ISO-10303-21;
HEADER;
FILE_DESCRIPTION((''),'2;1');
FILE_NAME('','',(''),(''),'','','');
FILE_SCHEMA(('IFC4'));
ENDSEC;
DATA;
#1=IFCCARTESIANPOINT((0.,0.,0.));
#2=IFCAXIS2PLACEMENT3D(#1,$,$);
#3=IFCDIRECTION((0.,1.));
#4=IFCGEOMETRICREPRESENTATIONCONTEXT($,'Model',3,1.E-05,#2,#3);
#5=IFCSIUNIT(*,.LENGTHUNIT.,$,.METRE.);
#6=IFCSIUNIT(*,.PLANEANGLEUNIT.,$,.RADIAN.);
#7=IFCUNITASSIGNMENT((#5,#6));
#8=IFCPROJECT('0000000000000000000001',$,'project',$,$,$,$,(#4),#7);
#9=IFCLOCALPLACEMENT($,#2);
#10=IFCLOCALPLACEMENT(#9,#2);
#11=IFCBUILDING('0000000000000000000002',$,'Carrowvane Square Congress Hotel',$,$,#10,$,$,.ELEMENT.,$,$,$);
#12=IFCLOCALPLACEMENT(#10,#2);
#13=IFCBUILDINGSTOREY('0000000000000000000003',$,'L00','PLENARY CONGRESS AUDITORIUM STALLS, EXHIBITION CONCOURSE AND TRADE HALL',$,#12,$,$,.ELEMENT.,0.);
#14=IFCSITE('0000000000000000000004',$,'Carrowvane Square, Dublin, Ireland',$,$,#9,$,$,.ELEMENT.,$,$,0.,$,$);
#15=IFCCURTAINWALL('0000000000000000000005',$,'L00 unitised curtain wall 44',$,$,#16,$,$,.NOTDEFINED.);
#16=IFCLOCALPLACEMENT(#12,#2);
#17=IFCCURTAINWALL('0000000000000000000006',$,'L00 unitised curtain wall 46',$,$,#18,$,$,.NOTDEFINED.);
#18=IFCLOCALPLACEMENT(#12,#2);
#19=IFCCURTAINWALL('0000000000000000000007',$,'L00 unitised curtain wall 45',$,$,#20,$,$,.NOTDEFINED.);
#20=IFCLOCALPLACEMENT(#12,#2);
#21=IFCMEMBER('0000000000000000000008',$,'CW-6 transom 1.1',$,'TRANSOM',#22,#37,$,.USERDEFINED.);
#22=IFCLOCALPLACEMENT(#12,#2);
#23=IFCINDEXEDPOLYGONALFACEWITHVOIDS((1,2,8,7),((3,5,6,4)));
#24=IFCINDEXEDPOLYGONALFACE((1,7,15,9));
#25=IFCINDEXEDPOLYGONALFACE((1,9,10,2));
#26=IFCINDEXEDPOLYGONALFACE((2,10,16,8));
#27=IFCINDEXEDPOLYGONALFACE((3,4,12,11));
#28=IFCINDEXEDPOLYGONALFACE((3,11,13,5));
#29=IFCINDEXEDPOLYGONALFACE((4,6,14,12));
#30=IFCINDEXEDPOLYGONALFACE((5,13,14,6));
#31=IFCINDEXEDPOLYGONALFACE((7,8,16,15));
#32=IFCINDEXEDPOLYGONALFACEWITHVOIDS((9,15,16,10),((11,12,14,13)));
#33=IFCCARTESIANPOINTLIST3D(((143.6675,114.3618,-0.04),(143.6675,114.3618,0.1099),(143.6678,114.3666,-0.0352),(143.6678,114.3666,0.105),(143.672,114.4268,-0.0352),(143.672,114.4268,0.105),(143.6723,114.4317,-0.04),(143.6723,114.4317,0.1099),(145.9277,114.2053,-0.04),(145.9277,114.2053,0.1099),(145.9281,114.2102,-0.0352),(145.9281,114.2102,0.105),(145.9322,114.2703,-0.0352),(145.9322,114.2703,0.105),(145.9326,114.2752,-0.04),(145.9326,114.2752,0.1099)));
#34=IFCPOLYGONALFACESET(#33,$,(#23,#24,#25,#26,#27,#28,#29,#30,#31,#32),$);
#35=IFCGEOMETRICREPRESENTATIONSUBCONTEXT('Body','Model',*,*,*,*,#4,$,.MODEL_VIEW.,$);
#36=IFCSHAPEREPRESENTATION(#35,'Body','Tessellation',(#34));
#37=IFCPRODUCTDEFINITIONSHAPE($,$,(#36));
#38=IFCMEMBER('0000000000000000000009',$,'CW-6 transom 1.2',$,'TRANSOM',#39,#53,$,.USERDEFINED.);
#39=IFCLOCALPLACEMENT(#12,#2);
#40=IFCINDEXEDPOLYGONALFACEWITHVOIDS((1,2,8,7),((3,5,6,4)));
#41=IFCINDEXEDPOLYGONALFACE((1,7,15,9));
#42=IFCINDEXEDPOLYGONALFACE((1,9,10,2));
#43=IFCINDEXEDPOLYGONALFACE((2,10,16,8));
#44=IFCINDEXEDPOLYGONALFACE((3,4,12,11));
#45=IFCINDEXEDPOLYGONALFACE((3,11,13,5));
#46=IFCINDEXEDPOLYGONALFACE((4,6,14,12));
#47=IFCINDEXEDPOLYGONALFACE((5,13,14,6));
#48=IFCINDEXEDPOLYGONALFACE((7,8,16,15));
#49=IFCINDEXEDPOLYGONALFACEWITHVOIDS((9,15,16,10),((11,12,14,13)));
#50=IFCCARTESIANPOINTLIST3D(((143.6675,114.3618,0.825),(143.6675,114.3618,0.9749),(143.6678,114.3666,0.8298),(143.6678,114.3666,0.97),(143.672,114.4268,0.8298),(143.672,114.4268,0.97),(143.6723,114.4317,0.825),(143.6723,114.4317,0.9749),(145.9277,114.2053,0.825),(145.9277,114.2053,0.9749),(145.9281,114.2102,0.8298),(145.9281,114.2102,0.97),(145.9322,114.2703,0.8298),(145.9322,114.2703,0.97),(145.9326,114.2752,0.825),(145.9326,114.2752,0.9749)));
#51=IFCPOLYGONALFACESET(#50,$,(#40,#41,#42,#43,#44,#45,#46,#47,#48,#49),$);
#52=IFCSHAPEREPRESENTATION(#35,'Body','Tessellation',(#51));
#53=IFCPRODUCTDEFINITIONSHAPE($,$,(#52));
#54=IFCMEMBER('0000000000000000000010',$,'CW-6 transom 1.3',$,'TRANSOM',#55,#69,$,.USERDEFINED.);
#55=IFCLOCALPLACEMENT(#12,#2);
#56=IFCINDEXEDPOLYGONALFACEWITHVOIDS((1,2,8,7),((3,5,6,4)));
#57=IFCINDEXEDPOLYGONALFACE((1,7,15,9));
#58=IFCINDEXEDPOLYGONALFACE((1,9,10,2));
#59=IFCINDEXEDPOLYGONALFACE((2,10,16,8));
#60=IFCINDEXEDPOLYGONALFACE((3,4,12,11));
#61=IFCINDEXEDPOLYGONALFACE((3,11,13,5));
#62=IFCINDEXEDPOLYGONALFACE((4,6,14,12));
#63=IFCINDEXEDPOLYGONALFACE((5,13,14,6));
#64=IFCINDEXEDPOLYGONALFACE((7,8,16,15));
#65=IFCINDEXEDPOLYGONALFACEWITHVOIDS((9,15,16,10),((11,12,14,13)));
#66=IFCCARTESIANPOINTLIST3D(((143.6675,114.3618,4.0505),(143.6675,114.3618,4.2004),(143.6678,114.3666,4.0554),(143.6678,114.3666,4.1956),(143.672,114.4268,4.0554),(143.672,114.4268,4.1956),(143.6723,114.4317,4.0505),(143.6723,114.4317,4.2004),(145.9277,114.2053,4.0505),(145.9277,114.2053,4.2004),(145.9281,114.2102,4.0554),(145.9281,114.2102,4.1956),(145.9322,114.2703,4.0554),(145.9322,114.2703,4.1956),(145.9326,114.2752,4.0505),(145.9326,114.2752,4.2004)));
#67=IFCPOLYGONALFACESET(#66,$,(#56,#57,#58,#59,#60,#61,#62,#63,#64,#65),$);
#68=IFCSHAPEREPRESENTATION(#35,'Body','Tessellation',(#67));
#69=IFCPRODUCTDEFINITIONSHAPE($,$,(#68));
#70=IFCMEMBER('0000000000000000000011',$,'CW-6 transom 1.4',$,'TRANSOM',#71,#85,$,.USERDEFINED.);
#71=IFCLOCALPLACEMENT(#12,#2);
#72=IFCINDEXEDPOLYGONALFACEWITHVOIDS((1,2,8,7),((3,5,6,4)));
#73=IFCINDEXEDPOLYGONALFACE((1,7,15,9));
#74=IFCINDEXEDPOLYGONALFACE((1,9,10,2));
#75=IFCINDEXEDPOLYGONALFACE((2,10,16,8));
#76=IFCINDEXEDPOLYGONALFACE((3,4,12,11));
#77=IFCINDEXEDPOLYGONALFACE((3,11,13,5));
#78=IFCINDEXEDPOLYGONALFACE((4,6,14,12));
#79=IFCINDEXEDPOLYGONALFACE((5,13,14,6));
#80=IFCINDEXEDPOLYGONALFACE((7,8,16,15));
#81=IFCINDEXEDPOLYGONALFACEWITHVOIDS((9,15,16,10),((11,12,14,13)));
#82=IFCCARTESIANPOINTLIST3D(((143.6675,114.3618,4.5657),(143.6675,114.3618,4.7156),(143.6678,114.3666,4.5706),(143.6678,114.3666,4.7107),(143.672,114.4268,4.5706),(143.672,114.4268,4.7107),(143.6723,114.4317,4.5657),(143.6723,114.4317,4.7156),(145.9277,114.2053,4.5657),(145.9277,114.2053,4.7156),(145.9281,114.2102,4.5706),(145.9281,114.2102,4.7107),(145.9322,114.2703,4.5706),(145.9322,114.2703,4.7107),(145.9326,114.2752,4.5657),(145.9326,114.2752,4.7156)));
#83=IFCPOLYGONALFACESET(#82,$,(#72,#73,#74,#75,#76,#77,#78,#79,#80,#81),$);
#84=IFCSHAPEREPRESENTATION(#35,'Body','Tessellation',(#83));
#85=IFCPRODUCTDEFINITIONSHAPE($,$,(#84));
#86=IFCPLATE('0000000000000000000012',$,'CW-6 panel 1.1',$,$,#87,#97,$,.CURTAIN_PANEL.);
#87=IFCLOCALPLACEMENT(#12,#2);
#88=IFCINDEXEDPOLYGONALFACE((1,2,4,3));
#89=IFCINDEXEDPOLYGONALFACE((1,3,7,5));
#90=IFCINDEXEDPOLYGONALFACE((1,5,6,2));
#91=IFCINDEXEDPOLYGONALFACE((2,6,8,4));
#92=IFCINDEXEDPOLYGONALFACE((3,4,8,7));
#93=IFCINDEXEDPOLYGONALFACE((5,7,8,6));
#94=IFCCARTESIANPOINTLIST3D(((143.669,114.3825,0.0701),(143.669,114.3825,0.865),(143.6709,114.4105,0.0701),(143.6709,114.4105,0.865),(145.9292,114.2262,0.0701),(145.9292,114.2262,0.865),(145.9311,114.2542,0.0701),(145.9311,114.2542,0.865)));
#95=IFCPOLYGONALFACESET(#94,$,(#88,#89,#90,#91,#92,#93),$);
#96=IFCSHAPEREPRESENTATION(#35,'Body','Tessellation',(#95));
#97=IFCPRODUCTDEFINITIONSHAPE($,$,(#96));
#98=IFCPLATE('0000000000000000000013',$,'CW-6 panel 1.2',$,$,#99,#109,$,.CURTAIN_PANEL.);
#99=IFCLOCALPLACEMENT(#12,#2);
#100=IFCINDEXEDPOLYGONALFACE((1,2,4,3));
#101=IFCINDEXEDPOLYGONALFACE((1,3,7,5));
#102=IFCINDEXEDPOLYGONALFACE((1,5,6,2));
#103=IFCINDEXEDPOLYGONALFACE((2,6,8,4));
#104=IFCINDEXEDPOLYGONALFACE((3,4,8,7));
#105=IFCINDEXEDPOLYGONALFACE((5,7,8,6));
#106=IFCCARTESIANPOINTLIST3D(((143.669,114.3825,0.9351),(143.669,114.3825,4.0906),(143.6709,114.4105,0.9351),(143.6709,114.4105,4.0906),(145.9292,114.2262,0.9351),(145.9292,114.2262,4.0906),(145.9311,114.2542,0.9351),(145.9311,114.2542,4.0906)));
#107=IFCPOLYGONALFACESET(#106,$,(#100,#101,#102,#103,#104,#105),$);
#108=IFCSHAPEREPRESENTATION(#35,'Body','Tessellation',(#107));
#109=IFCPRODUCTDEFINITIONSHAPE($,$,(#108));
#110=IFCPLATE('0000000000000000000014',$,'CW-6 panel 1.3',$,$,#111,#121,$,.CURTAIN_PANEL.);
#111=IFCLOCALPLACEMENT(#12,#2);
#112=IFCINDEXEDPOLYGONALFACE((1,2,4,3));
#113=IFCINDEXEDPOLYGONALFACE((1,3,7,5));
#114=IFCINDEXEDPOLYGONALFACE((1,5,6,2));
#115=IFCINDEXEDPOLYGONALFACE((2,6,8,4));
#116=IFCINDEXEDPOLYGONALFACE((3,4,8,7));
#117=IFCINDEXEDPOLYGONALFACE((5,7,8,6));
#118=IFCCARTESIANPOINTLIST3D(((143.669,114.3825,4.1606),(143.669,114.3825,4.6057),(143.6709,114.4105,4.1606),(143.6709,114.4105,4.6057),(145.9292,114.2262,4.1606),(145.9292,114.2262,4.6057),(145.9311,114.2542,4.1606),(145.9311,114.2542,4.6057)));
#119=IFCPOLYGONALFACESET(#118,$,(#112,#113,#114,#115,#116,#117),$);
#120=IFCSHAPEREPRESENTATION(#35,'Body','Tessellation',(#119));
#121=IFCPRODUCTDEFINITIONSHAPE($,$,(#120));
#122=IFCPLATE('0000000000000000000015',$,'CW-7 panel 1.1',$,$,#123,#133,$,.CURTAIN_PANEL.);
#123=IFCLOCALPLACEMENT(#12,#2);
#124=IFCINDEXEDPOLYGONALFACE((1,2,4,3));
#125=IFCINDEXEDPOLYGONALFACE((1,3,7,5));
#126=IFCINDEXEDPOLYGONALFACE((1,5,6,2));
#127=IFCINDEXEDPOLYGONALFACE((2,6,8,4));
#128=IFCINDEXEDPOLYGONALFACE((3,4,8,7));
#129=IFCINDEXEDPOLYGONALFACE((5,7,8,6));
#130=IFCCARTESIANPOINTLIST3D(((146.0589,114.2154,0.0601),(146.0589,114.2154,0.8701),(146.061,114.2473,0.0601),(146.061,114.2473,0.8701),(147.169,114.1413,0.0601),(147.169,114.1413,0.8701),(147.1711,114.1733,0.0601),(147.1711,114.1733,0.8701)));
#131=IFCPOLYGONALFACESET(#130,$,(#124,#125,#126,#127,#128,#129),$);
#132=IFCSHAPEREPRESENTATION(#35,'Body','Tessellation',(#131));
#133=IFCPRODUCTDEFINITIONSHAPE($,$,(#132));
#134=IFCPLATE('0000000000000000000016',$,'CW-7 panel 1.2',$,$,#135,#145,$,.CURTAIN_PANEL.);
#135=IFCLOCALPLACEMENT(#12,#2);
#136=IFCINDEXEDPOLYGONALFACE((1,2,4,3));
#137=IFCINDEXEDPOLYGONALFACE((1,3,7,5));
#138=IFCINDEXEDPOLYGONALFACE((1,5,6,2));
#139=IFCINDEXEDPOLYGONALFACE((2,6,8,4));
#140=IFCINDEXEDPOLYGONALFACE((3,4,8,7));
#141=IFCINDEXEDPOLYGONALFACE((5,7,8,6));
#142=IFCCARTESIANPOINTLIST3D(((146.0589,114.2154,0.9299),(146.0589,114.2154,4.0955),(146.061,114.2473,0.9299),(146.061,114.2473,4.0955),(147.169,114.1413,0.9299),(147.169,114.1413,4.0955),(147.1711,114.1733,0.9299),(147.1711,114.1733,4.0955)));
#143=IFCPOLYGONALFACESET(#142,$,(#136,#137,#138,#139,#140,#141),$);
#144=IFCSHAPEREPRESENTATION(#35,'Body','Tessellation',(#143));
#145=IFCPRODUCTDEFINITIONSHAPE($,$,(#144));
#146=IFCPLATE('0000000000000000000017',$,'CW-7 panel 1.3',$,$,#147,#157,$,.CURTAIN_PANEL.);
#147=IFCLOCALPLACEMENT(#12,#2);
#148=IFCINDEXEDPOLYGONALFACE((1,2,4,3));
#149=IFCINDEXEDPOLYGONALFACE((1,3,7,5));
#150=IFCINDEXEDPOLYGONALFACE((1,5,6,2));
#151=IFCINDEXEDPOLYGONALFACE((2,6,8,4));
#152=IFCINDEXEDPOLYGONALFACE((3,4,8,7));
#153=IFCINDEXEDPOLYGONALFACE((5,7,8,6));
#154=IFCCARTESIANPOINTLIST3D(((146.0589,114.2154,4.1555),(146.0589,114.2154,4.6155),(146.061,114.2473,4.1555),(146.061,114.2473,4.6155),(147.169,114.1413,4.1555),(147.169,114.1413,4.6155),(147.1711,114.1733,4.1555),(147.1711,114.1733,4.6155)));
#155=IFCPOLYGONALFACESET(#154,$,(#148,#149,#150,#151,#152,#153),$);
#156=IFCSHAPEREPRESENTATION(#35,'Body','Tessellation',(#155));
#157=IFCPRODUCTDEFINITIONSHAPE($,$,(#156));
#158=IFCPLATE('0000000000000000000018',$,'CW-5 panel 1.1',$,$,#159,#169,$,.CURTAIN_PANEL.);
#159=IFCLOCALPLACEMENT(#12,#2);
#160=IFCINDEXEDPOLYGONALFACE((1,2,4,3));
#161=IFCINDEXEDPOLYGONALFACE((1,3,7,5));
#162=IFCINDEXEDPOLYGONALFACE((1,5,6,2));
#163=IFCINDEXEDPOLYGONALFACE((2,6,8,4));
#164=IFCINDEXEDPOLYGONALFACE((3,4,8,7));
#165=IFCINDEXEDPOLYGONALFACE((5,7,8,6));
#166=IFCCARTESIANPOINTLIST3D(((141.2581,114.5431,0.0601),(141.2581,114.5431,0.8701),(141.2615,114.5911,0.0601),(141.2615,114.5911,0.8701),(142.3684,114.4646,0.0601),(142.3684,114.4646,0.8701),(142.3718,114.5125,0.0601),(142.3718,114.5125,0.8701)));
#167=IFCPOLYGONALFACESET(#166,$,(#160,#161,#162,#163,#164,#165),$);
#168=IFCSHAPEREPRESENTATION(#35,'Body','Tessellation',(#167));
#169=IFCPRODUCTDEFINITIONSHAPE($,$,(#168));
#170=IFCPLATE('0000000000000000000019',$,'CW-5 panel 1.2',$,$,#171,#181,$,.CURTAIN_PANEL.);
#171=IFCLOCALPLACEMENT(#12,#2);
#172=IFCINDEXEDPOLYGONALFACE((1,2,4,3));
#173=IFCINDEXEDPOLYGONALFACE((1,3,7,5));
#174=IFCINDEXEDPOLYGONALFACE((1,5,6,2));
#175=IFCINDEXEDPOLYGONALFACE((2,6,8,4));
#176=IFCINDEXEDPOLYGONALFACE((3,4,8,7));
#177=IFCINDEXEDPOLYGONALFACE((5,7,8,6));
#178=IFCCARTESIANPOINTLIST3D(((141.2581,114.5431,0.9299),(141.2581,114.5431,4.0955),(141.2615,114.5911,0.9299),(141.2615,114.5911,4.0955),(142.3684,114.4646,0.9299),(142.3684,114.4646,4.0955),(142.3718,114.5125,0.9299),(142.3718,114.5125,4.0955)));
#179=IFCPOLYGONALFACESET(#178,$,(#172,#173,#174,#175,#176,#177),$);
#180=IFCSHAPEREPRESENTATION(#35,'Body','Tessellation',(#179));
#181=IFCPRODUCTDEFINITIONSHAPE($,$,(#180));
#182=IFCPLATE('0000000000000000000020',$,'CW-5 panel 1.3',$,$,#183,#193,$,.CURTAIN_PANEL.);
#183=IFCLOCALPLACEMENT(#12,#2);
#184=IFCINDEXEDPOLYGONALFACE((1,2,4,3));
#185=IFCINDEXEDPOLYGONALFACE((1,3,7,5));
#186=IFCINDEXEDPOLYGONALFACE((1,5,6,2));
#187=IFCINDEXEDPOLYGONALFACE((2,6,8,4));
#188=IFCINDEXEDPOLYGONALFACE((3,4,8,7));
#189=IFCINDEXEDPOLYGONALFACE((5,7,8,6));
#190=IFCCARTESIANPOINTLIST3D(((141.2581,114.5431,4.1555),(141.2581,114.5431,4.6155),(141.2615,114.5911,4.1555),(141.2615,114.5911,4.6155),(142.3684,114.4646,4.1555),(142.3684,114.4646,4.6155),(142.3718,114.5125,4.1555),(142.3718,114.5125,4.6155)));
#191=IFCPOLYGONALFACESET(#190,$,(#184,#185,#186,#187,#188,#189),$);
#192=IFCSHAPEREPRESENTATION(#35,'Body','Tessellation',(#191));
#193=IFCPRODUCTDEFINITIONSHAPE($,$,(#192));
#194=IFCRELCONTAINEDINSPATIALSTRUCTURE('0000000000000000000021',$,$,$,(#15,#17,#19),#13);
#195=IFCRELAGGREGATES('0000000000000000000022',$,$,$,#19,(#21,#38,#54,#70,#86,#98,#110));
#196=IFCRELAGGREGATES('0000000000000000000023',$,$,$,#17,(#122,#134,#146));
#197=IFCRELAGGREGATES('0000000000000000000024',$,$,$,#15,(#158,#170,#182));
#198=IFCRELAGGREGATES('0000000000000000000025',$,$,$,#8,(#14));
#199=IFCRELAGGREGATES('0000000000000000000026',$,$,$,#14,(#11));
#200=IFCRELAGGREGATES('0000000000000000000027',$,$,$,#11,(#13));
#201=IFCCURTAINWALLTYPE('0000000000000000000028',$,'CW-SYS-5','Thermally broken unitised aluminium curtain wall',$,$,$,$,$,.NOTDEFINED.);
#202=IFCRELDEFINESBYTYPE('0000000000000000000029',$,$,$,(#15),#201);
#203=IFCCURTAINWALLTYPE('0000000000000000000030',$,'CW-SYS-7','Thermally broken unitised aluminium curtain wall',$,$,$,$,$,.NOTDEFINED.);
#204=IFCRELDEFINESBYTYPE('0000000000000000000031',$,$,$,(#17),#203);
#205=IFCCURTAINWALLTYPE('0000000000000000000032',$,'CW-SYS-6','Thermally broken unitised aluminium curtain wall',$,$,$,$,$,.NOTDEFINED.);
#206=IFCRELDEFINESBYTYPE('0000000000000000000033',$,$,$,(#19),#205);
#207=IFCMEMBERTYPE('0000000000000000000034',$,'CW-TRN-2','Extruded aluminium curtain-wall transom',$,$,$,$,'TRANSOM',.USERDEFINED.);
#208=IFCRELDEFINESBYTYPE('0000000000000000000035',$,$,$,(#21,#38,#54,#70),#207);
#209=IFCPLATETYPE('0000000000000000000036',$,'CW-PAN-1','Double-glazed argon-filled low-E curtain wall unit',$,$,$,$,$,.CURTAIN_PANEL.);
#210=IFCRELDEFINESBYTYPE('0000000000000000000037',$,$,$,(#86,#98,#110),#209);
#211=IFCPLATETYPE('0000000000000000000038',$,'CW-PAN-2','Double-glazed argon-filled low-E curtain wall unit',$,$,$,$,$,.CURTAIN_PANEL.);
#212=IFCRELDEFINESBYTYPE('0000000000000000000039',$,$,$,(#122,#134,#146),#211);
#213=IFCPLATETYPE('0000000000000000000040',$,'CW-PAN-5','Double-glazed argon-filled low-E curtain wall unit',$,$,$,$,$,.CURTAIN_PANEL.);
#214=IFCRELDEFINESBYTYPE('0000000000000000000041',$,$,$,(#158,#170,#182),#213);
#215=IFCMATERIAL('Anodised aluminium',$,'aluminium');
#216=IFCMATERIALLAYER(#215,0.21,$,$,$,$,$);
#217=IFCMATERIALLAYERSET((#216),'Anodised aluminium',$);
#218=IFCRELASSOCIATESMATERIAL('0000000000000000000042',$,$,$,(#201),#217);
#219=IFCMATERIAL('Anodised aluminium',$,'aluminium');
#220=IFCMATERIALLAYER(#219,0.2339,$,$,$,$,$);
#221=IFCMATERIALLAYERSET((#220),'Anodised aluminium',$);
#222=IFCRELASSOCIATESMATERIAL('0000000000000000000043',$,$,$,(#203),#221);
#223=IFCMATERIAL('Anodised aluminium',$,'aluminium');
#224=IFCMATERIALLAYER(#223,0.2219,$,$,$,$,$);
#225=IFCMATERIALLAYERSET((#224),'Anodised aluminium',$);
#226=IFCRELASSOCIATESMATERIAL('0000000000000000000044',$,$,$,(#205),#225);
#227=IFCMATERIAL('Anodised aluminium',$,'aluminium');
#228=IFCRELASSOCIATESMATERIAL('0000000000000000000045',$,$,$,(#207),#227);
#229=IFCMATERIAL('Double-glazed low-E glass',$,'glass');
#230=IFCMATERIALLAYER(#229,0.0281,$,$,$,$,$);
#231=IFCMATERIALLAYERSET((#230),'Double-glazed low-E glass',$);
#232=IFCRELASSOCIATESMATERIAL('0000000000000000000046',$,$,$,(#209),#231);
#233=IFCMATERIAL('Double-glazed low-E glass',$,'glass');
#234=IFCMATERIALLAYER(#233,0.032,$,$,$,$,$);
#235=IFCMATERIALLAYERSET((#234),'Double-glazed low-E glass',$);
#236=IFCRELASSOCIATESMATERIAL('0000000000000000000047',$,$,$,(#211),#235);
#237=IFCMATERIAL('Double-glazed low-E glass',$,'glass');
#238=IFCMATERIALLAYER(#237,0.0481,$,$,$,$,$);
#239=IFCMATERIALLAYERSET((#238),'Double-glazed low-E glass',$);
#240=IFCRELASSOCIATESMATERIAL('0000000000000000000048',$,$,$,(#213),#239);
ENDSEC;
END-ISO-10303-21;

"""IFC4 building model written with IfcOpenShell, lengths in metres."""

from ifc_helpers import new_model, si_unit, direction, frame, origin, origin_2d, place, context, subcontext, project, spatial, rectangle, hollow_rectangle, extrude, material, layer, layer_set, material_profile, profile_set, type_object, element, aggregate, save


model = new_model("IFC4")

# Units and contexts
model_context = context("Model", 3, precision=1e-05, world=origin(), true_north=direction((0.0, 1.0)))
body_context = subcontext(model_context, "Body", "Model", "MODEL_VIEW")
ifc_project = project(units=[si_unit("LENGTHUNIT", "METRE"), si_unit("PLANEANGLEUNIT", "RADIAN")], contexts=[model_context])

# Site, building, storey
site_placement = place(None, origin())
site = spatial("IfcSite", under=ifc_project, at=site_placement, Name="Carrowvane Square, Dublin, Ireland", CompositionType="ELEMENT", RefElevation=0.0)
building_placement = place(site_placement, origin())
building = spatial("IfcBuilding", under=site, at=building_placement, Name="Carrowvane Square Congress Hotel", CompositionType="ELEMENT")
storey_placement = place(building_placement, origin())
storey = spatial("IfcBuildingStorey", under=building, at=storey_placement, Name="L00", Description="PLENARY CONGRESS AUDITORIUM STALLS, EXHIBITION CONCOURSE AND TRADE HALL", CompositionType="ELEMENT", Elevation=0.0)

# Curtain walls
ifc_material_1 = material(Name="Anodised aluminium", Category="aluminium")
ifc_layer_1 = layer(ifc_material_1, 0.21)
ifc_layer_set_1 = layer_set([ifc_layer_1], Name="Anodised aluminium")
curtain_wall_type_1 = type_object("IfcCurtainWallType", Name="CW-SYS-5", Description="Thermally broken unitised aluminium curtain wall", PredefinedType="NOTDEFINED", material=ifc_layer_set_1)
curtain_wall_1_placement = place(storey_placement, origin())
curtain_wall_1 = element("IfcCurtainWall", 1, at=curtain_wall_1_placement, inside=storey, type_object=curtain_wall_type_1, Name="L00 unitised curtain wall 44", PredefinedType="NOTDEFINED")
ifc_material_2 = material(Name="Anodised aluminium", Category="aluminium")
ifc_layer_2 = layer(ifc_material_2, 0.2339)
ifc_layer_set_2 = layer_set([ifc_layer_2], Name="Anodised aluminium")
curtain_wall_type_2 = type_object("IfcCurtainWallType", Name="CW-SYS-7", Description="Thermally broken unitised aluminium curtain wall", PredefinedType="NOTDEFINED", material=ifc_layer_set_2)
curtain_wall_2_placement = place(storey_placement, origin())
curtain_wall_2 = element("IfcCurtainWall", 2, at=curtain_wall_2_placement, inside=storey, type_object=curtain_wall_type_2, Name="L00 unitised curtain wall 46", PredefinedType="NOTDEFINED")
ifc_material_3 = material(Name="Anodised aluminium", Category="aluminium")
ifc_layer_3 = layer(ifc_material_3, 0.2219)
ifc_layer_set_3 = layer_set([ifc_layer_3], Name="Anodised aluminium")
curtain_wall_type_3 = type_object("IfcCurtainWallType", Name="CW-SYS-6", Description="Thermally broken unitised aluminium curtain wall", PredefinedType="NOTDEFINED", material=ifc_layer_set_3)
curtain_wall_3_placement = place(storey_placement, origin())
curtain_wall_3 = element("IfcCurtainWall", 3, at=curtain_wall_3_placement, inside=storey, type_object=curtain_wall_type_3, Name="L00 unitised curtain wall 45", PredefinedType="NOTDEFINED")

# Members
ifc_material_4 = material(Name="Anodised aluminium", Category="aluminium")
ifc_material_profile_1 = material_profile(ifc_material_4, hollow_rectangle(XDim=0.0701, YDim=0.1499, WallThickness=0.0049, at=origin_2d()), Name="CW-TR 70x150x5")
ifc_profile_set_1 = profile_set([ifc_material_profile_1], Name="Anodised aluminium")
member_type_1 = type_object("IfcMemberType", Name="CW-TRN-2", Description="Extruded aluminium curtain-wall transom", ElementType="TRANSOM", PredefinedType="USERDEFINED", material=ifc_profile_set_1)
member_1_placement = place(storey_placement, frame((143.6699, 114.3967, 0.0349), z_axis=(0.997612, -0.069072, 0.0), x_axis=(0.069072, 0.997612, 0.0)))
member_1 = element("IfcMember", 4, at=member_1_placement, type_object=member_type_1, Name="CW-6 transom 1.1", ObjectType="TRANSOM", PredefinedType="USERDEFINED", context=body_context, shape_type="SweptSolid", body=[
    extrude(hollow_rectangle(XDim=0.0701, YDim=0.1499, WallThickness=0.0049, at=origin_2d()), origin(), (0.0, 0.0, 1.0), 2.2656),
])
member_2_placement = place(storey_placement, frame((143.6699, 114.3967, 0.8999), z_axis=(0.997612, -0.069072, 0.0), x_axis=(0.069072, 0.997612, 0.0)))
member_2 = element("IfcMember", 5, at=member_2_placement, type_object=member_type_1, Name="CW-6 transom 1.2", ObjectType="TRANSOM", PredefinedType="USERDEFINED", context=body_context, shape_type="SweptSolid", body=[
    extrude(hollow_rectangle(XDim=0.0701, YDim=0.1499, WallThickness=0.0049, at=origin_2d()), origin(), (0.0, 0.0, 1.0), 2.2656),
])
member_3_placement = place(storey_placement, frame((143.6699, 114.3967, 4.1255), z_axis=(0.997612, -0.069072, 0.0), x_axis=(0.069072, 0.997612, 0.0)))
member_3 = element("IfcMember", 6, at=member_3_placement, type_object=member_type_1, Name="CW-6 transom 1.3", ObjectType="TRANSOM", PredefinedType="USERDEFINED", context=body_context, shape_type="SweptSolid", body=[
    extrude(hollow_rectangle(XDim=0.0701, YDim=0.1499, WallThickness=0.0049, at=origin_2d()), origin(), (0.0, 0.0, 1.0), 2.2656),
])
member_4_placement = place(storey_placement, frame((143.6699, 114.3967, 4.6406), z_axis=(0.997612, -0.069072, 0.0), x_axis=(0.069072, 0.997612, 0.0)))
member_4 = element("IfcMember", 7, at=member_4_placement, type_object=member_type_1, Name="CW-6 transom 1.4", ObjectType="TRANSOM", PredefinedType="USERDEFINED", context=body_context, shape_type="SweptSolid", body=[
    extrude(hollow_rectangle(XDim=0.0701, YDim=0.1499, WallThickness=0.0049, at=origin_2d()), origin(), (0.0, 0.0, 1.0), 2.2656),
])

# Plates
ifc_material_5 = material(Name="Double-glazed low-E glass", Category="glass")
ifc_layer_4 = layer(ifc_material_5, 0.0281)
ifc_layer_set_4 = layer_set([ifc_layer_4], Name="Double-glazed low-E glass")
plate_type_1 = type_object("IfcPlateType", Name="CW-PAN-1", Description="Double-glazed argon-filled low-E curtain wall unit", PredefinedType="CURTAIN_PANEL", material=ifc_layer_set_4)
plate_1_placement = place(storey_placement, frame((144.8, 114.3184, 0.0701), z_axis=(0.0, 0.0, 1.0), x_axis=(0.997618, -0.068986, 0.0)))
plate_1 = element("IfcPlate", 8, at=plate_1_placement, type_object=plate_type_1, Name="CW-6 panel 1.1", PredefinedType="CURTAIN_PANEL", context=body_context, shape_type="SweptSolid", body=[
    extrude(rectangle(XDim=2.2656, YDim=0.0281, at=origin_2d()), origin(), (0.0, 0.0, 1.0), 0.7949),
])
plate_2_placement = place(storey_placement, frame((144.8, 114.3184, 0.9351), z_axis=(0.0, 0.0, 1.0), x_axis=(0.997618, -0.068986, 0.0)))
plate_2 = element("IfcPlate", 9, at=plate_2_placement, type_object=plate_type_1, Name="CW-6 panel 1.2", PredefinedType="CURTAIN_PANEL", context=body_context, shape_type="SweptSolid", body=[
    extrude(rectangle(XDim=2.2656, YDim=0.0281, at=origin_2d()), origin(), (0.0, 0.0, 1.0), 3.1555),
])
plate_3_placement = place(storey_placement, frame((144.8, 114.3184, 4.1606), z_axis=(0.0, 0.0, 1.0), x_axis=(0.997618, -0.068986, 0.0)))
plate_3 = element("IfcPlate", 10, at=plate_3_placement, type_object=plate_type_1, Name="CW-6 panel 1.3", PredefinedType="CURTAIN_PANEL", context=body_context, shape_type="SweptSolid", body=[
    extrude(rectangle(XDim=2.2656, YDim=0.0281, at=origin_2d()), origin(), (0.0, 0.0, 1.0), 0.4451),
])
aggregate(curtain_wall_3, [member_1, member_2, member_3, member_4, plate_1, plate_2, plate_3])
ifc_material_6 = material(Name="Double-glazed low-E glass", Category="glass")
ifc_layer_5 = layer(ifc_material_6, 0.032)
ifc_layer_set_5 = layer_set([ifc_layer_5], Name="Double-glazed low-E glass")
plate_type_2 = type_object("IfcPlateType", Name="CW-PAN-2", Description="Double-glazed argon-filled low-E curtain wall unit", PredefinedType="CURTAIN_PANEL", material=ifc_layer_set_5)
plate_4_placement = place(storey_placement, frame((146.615, 114.1943, 0.0601), z_axis=(0.0, 0.0, 1.0), x_axis=(0.997781, -0.066574, 0.0)))
plate_4 = element("IfcPlate", 11, at=plate_4_placement, type_object=plate_type_2, Name="CW-7 panel 1.1", PredefinedType="CURTAIN_PANEL", context=body_context, shape_type="SweptSolid", body=[
    extrude(rectangle(XDim=1.1125, YDim=0.032, at=origin_2d()), origin(), (0.0, 0.0, 1.0), 0.8101),
])
plate_5_placement = place(storey_placement, frame((146.615, 114.1943, 0.9299), z_axis=(0.0, 0.0, 1.0), x_axis=(0.997781, -0.066574, 0.0)))
plate_5 = element("IfcPlate", 12, at=plate_5_placement, type_object=plate_type_2, Name="CW-7 panel 1.2", PredefinedType="CURTAIN_PANEL", context=body_context, shape_type="SweptSolid", body=[
    extrude(rectangle(XDim=1.1125, YDim=0.032, at=origin_2d()), origin(), (0.0, 0.0, 1.0), 3.1655),
])
plate_6_placement = place(storey_placement, frame((146.615, 114.1943, 4.1555), z_axis=(0.0, 0.0, 1.0), x_axis=(0.997781, -0.066574, 0.0)))
plate_6 = element("IfcPlate", 13, at=plate_6_placement, type_object=plate_type_2, Name="CW-7 panel 1.3", PredefinedType="CURTAIN_PANEL", context=body_context, shape_type="SweptSolid", body=[
    extrude(rectangle(XDim=1.1125, YDim=0.032, at=origin_2d()), origin(), (0.0, 0.0, 1.0), 0.46),
])
aggregate(curtain_wall_2, [plate_4, plate_5, plate_6])
ifc_material_7 = material(Name="Double-glazed low-E glass", Category="glass")
ifc_layer_6 = layer(ifc_material_7, 0.0481)
ifc_layer_set_6 = layer_set([ifc_layer_6], Name="Double-glazed low-E glass")
plate_type_3 = type_object("IfcPlateType", Name="CW-PAN-5", Description="Double-glazed argon-filled low-E curtain wall unit", PredefinedType="CURTAIN_PANEL", material=ifc_layer_set_6)
plate_7_placement = place(storey_placement, frame((141.8149, 114.5278, 0.0601), z_axis=(0.0, 0.0, 1.0), x_axis=(0.997506, -0.070586, 0.0)))
plate_7 = element("IfcPlate", 14, at=plate_7_placement, type_object=plate_type_3, Name="CW-5 panel 1.1", PredefinedType="CURTAIN_PANEL", context=body_context, shape_type="SweptSolid", body=[
    extrude(rectangle(XDim=1.113, YDim=0.0481, at=origin_2d()), origin(), (0.0, 0.0, 1.0), 0.8101),
])
plate_8_placement = place(storey_placement, frame((141.8149, 114.5278, 0.9299), z_axis=(0.0, 0.0, 1.0), x_axis=(0.997506, -0.070586, 0.0)))
plate_8 = element("IfcPlate", 15, at=plate_8_placement, type_object=plate_type_3, Name="CW-5 panel 1.2", PredefinedType="CURTAIN_PANEL", context=body_context, shape_type="SweptSolid", body=[
    extrude(rectangle(XDim=1.113, YDim=0.0481, at=origin_2d()), origin(), (0.0, 0.0, 1.0), 3.1655),
])
plate_9_placement = place(storey_placement, frame((141.8149, 114.5278, 4.1555), z_axis=(0.0, 0.0, 1.0), x_axis=(0.997506, -0.070586, 0.0)))
plate_9 = element("IfcPlate", 16, at=plate_9_placement, type_object=plate_type_3, Name="CW-5 panel 1.3", PredefinedType="CURTAIN_PANEL", context=body_context, shape_type="SweptSolid", body=[
    extrude(rectangle(XDim=1.113, YDim=0.0481, at=origin_2d()), origin(), (0.0, 0.0, 1.0), 0.46),
])
aggregate(curtain_wall_1, [plate_7, plate_8, plate_9])

save(model, "model.ifc")
